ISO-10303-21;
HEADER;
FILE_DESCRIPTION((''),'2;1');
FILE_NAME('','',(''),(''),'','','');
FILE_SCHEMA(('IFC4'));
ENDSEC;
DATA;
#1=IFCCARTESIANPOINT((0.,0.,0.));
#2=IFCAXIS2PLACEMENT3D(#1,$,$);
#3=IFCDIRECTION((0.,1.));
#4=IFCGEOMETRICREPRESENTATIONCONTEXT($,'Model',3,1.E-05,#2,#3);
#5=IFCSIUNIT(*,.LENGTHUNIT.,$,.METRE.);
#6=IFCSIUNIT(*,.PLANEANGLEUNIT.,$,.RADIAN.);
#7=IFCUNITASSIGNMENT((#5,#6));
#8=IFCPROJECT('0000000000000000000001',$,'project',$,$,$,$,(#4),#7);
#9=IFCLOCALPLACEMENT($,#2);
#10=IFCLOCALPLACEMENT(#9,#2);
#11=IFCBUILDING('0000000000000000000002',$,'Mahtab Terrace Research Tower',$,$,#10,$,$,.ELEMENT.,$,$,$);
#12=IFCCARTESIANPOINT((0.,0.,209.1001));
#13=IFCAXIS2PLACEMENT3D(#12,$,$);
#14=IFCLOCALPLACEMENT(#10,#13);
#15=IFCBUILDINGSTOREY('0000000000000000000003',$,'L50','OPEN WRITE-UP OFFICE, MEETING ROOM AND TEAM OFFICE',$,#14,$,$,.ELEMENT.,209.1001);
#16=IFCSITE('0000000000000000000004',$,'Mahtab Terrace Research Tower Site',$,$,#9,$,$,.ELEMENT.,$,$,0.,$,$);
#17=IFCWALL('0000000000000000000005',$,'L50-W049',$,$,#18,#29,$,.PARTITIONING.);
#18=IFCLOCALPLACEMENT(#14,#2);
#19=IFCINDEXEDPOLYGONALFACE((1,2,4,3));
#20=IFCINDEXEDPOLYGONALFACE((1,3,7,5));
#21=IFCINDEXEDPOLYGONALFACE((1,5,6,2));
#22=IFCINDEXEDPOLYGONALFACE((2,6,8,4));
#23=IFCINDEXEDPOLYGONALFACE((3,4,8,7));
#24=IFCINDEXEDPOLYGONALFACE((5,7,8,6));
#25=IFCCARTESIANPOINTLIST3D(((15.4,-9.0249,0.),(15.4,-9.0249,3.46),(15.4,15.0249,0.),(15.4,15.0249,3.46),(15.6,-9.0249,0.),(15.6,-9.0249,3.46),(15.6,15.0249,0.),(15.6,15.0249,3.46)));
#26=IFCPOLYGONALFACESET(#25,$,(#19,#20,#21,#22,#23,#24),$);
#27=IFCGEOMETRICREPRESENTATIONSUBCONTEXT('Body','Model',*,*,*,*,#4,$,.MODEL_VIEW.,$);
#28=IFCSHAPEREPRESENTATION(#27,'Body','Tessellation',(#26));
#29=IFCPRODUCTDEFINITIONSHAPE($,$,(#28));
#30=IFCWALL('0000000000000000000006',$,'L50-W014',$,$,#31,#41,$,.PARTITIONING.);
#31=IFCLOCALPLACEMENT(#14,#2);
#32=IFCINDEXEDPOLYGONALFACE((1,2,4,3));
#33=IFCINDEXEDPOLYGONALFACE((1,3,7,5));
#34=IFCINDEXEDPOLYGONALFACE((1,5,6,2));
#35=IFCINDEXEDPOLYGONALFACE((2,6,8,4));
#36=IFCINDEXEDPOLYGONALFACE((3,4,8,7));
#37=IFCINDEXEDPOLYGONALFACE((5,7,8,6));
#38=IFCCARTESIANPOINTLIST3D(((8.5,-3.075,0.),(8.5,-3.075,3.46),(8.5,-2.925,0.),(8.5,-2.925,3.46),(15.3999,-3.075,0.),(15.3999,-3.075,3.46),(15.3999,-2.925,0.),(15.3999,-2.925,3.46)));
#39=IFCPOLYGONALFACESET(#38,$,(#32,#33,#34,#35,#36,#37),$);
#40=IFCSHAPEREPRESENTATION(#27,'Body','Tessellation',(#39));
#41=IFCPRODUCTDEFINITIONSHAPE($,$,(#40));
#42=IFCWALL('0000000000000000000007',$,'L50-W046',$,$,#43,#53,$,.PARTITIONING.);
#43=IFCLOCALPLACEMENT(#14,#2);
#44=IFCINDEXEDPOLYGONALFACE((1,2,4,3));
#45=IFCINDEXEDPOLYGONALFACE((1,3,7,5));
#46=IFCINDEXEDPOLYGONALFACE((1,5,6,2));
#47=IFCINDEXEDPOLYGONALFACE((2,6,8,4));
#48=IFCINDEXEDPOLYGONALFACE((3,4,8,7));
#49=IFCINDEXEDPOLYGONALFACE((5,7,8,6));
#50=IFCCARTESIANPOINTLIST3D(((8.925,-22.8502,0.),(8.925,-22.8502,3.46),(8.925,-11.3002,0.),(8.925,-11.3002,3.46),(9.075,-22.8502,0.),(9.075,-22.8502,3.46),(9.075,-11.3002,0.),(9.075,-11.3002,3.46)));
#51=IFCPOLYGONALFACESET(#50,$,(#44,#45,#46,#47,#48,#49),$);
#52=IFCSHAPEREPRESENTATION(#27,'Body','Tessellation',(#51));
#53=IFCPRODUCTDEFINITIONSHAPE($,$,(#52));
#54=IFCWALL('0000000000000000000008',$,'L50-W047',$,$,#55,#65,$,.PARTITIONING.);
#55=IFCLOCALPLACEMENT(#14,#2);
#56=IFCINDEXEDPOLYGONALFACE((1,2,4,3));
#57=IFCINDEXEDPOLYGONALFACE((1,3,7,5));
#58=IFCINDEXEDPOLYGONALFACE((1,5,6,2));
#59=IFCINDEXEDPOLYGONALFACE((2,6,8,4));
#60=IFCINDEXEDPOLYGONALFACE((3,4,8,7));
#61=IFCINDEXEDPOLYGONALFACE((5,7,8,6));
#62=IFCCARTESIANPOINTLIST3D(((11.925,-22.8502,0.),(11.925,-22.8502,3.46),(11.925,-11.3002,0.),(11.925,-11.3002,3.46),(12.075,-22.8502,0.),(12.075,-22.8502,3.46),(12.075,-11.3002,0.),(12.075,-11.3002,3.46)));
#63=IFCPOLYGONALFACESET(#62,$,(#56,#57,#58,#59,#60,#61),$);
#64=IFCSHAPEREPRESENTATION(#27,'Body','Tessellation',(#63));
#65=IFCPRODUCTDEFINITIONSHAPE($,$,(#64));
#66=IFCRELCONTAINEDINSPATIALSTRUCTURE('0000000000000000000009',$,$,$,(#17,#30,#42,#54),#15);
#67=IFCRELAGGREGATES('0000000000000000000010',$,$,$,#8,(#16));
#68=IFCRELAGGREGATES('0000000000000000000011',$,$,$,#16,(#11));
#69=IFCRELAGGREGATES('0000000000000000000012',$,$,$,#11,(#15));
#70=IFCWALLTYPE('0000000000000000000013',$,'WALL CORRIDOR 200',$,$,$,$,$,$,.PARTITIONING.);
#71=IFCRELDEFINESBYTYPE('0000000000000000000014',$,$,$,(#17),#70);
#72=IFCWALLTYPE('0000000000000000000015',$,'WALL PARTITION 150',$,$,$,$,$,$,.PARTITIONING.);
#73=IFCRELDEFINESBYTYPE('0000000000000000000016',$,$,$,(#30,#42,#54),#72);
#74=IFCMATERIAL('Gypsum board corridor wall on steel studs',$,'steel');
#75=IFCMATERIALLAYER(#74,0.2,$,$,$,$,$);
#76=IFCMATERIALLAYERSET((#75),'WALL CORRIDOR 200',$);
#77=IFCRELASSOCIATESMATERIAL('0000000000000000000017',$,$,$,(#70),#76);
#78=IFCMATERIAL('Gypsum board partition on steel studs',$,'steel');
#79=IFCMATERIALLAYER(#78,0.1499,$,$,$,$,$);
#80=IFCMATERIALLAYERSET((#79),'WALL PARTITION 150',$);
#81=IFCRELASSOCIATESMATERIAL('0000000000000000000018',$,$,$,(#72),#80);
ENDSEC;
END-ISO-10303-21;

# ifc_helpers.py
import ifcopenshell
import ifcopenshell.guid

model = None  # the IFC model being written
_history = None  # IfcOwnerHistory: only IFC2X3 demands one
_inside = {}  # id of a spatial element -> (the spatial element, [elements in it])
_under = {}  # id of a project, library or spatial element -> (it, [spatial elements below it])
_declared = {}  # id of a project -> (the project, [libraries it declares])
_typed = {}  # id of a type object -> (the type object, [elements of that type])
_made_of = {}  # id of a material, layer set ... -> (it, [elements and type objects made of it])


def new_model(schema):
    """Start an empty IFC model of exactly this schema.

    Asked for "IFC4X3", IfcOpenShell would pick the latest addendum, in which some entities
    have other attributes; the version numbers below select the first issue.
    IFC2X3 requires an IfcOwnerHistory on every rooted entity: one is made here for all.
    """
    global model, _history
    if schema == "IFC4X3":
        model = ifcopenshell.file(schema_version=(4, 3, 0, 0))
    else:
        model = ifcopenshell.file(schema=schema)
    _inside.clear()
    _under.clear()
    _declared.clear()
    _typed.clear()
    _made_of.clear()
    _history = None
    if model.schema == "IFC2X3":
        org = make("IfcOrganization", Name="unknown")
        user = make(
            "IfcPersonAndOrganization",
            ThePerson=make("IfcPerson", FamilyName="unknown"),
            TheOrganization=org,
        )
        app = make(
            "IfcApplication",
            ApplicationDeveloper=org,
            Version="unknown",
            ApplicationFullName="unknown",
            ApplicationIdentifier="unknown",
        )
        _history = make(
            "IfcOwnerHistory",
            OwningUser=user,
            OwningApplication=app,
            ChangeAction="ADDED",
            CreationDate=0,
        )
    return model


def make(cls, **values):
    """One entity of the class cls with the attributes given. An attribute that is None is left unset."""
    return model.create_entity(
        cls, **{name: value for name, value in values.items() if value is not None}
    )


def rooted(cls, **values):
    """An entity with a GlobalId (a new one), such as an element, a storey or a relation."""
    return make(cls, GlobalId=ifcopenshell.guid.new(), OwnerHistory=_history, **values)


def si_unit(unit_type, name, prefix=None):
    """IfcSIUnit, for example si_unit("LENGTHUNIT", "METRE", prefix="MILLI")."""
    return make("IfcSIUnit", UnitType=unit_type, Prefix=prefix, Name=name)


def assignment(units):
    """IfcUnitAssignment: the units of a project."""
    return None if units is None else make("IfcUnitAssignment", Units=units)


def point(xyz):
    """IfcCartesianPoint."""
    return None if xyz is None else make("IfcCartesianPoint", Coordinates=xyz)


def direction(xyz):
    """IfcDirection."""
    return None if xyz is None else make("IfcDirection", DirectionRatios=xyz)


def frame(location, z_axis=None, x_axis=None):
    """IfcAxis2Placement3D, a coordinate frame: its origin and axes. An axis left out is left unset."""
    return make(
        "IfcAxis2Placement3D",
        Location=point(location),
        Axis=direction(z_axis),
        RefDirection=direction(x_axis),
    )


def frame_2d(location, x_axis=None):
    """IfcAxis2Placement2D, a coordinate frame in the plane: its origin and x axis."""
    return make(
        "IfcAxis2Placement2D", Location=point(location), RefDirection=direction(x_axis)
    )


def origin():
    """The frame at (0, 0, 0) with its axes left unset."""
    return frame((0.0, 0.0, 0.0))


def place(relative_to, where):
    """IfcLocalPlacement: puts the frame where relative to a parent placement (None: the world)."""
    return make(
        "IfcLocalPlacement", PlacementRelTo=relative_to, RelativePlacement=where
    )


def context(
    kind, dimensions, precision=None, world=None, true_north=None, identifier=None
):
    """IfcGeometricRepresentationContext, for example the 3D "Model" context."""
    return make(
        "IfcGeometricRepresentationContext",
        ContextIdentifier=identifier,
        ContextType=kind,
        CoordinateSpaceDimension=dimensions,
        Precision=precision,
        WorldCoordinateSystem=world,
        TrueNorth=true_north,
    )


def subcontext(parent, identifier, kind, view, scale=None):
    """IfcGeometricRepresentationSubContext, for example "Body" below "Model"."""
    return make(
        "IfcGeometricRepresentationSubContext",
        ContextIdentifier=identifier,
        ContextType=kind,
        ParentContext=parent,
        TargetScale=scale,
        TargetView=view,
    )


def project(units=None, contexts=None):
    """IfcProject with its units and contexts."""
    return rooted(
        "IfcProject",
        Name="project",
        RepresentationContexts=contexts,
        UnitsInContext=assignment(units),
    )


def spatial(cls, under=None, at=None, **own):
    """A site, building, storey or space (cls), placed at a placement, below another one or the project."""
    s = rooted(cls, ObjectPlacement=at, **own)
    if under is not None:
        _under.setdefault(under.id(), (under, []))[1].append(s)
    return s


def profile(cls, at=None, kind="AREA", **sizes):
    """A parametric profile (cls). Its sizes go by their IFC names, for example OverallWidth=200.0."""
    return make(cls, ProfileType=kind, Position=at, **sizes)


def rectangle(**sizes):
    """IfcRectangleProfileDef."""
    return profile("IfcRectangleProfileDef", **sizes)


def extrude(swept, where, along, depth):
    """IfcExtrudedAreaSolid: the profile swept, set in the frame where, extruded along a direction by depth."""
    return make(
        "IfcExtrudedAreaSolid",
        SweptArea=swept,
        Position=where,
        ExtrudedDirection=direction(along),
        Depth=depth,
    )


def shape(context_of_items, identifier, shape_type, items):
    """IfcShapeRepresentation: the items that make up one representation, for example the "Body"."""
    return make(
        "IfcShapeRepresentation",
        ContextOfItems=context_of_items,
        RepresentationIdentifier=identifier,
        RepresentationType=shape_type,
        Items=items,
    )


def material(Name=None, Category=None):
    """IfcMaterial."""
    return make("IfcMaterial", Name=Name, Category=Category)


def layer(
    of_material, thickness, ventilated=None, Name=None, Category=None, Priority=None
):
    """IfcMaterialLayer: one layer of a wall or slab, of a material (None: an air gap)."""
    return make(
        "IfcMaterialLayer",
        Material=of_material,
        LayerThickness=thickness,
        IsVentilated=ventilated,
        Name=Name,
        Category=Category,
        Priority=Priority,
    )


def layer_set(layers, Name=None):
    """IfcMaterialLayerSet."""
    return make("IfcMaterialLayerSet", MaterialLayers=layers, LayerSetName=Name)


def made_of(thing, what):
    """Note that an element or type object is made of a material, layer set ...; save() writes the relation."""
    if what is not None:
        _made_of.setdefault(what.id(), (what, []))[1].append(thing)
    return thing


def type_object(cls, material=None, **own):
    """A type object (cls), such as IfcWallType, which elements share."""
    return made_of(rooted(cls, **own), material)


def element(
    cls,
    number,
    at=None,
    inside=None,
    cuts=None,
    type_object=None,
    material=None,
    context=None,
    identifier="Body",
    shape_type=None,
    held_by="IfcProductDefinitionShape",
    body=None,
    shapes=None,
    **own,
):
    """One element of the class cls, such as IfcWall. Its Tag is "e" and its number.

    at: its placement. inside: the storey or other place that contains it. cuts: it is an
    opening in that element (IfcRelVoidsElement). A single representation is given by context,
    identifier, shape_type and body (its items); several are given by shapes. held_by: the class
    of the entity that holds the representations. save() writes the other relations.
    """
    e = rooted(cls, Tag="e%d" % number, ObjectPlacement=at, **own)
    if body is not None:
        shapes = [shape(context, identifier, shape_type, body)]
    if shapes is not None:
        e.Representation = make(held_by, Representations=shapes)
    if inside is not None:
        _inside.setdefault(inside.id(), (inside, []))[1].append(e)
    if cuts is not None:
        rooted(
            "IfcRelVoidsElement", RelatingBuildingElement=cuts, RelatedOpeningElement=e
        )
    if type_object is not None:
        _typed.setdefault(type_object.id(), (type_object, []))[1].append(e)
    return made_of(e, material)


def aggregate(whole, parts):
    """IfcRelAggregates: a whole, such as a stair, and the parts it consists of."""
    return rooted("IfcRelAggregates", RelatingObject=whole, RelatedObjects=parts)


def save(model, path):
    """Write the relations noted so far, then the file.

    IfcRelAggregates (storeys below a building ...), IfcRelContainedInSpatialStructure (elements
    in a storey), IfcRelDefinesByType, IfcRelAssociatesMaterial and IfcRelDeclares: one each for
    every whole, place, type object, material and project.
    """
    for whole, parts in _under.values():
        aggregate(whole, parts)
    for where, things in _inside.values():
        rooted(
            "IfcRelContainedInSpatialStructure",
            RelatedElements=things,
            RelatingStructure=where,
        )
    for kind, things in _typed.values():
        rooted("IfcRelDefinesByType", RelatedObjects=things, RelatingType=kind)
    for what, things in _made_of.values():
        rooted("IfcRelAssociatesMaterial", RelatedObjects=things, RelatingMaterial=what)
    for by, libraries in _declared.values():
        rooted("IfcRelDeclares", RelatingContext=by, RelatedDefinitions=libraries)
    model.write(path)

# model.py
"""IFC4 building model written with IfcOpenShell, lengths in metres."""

from ifc_helpers import new_model, si_unit, direction, frame, frame_2d, origin, place, context, subcontext, project, spatial, rectangle, extrude, material, layer, layer_set, type_object, element, save


model = new_model("IFC4")

# Units and contexts
model_context = context("Model", 3, precision=1e-05, world=origin(), true_north=direction((0.0, 1.0)))
body_context = subcontext(model_context, "Body", "Model", "MODEL_VIEW")
ifc_project = project(units=[si_unit("LENGTHUNIT", "METRE"), si_unit("PLANEANGLEUNIT", "RADIAN")], contexts=[model_context])

# Site, building, storey
site_placement = place(None, origin())
site = spatial("IfcSite", under=ifc_project, at=site_placement, Name="Mahtab Terrace Research Tower Site", CompositionType="ELEMENT", RefElevation=0.0)
building_placement = place(site_placement, origin())
building = spatial("IfcBuilding", under=site, at=building_placement, Name="Mahtab Terrace Research Tower", CompositionType="ELEMENT")
storey_placement = place(building_placement, frame((0.0, 0.0, 209.1001)))
storey = spatial("IfcBuildingStorey", under=building, at=storey_placement, Name="L50", Description="OPEN WRITE-UP OFFICE, MEETING ROOM AND TEAM OFFICE", CompositionType="ELEMENT", Elevation=209.1001)

# Shared definitions
ifc_material_1 = material(Name="Gypsum board corridor wall on steel studs", Category="steel")
ifc_layer_1 = layer(ifc_material_1, 0.2)
ifc_layer_set_1 = layer_set([ifc_layer_1], Name="WALL CORRIDOR 200")
wall_type_1 = type_object("IfcWallType", Name="WALL CORRIDOR 200", PredefinedType="PARTITIONING", material=ifc_layer_set_1)

# Walls
wall_1_placement = place(storey_placement, frame((15.5, -9.0249, 0.0), z_axis=(0.0, 0.0, 1.0), x_axis=(0.0, 1.0, 0.0)))
element("IfcWall", 1, at=wall_1_placement, inside=storey, type_object=wall_type_1, Name="L50-W049", PredefinedType="PARTITIONING", context=body_context, shape_type="SweptSolid", body=[
    extrude(rectangle(XDim=24.0498, YDim=0.2, at=frame_2d((12.0249, 0.0))), origin(), (0.0, 0.0, 1.0), 3.46),
])
ifc_material_2 = material(Name="Gypsum board partition on steel studs", Category="steel")
ifc_layer_2 = layer(ifc_material_2, 0.1499)
ifc_layer_set_2 = layer_set([ifc_layer_2], Name="WALL PARTITION 150")
wall_type_2 = type_object("IfcWallType", Name="WALL PARTITION 150", PredefinedType="PARTITIONING", material=ifc_layer_set_2)
wall_2_placement = place(storey_placement, frame((8.5, -3.0, 0.0), z_axis=(0.0, 0.0, 1.0), x_axis=(1.0, 0.0, 0.0)))
element("IfcWall", 2, at=wall_2_placement, inside=storey, type_object=wall_type_2, Name="L50-W014", PredefinedType="PARTITIONING", context=body_context, shape_type="SweptSolid", body=[
    extrude(rectangle(XDim=6.8999, YDim=0.1499, at=frame_2d((3.45, 0.0))), origin(), (0.0, 0.0, 1.0), 3.46),
])
for number, where, z_axis, x_axis, name in (
    (3, (9.0, -22.8501, 0.0), (0.0, 0.0, 1.0), (0.0, 1.0, 0.0), "L50-W046"),
    (4, (12.0, -22.8501, 0.0), (0.0, 0.0, 1.0), (0.0, 1.0, 0.0), "L50-W047"),
):
    element("IfcWall", number, at=place(storey_placement, frame(where, z_axis=z_axis, x_axis=x_axis)), inside=storey, type_object=wall_type_2, Name=name, PredefinedType="PARTITIONING", context=body_context, shape_type="SweptSolid", body=[
        extrude(rectangle(XDim=11.55, YDim=0.1499, at=frame_2d((5.7749, 0.0))), origin(), (0.0, 0.0, 1.0), 3.46),
    ])

save(model, "model.ifc")
